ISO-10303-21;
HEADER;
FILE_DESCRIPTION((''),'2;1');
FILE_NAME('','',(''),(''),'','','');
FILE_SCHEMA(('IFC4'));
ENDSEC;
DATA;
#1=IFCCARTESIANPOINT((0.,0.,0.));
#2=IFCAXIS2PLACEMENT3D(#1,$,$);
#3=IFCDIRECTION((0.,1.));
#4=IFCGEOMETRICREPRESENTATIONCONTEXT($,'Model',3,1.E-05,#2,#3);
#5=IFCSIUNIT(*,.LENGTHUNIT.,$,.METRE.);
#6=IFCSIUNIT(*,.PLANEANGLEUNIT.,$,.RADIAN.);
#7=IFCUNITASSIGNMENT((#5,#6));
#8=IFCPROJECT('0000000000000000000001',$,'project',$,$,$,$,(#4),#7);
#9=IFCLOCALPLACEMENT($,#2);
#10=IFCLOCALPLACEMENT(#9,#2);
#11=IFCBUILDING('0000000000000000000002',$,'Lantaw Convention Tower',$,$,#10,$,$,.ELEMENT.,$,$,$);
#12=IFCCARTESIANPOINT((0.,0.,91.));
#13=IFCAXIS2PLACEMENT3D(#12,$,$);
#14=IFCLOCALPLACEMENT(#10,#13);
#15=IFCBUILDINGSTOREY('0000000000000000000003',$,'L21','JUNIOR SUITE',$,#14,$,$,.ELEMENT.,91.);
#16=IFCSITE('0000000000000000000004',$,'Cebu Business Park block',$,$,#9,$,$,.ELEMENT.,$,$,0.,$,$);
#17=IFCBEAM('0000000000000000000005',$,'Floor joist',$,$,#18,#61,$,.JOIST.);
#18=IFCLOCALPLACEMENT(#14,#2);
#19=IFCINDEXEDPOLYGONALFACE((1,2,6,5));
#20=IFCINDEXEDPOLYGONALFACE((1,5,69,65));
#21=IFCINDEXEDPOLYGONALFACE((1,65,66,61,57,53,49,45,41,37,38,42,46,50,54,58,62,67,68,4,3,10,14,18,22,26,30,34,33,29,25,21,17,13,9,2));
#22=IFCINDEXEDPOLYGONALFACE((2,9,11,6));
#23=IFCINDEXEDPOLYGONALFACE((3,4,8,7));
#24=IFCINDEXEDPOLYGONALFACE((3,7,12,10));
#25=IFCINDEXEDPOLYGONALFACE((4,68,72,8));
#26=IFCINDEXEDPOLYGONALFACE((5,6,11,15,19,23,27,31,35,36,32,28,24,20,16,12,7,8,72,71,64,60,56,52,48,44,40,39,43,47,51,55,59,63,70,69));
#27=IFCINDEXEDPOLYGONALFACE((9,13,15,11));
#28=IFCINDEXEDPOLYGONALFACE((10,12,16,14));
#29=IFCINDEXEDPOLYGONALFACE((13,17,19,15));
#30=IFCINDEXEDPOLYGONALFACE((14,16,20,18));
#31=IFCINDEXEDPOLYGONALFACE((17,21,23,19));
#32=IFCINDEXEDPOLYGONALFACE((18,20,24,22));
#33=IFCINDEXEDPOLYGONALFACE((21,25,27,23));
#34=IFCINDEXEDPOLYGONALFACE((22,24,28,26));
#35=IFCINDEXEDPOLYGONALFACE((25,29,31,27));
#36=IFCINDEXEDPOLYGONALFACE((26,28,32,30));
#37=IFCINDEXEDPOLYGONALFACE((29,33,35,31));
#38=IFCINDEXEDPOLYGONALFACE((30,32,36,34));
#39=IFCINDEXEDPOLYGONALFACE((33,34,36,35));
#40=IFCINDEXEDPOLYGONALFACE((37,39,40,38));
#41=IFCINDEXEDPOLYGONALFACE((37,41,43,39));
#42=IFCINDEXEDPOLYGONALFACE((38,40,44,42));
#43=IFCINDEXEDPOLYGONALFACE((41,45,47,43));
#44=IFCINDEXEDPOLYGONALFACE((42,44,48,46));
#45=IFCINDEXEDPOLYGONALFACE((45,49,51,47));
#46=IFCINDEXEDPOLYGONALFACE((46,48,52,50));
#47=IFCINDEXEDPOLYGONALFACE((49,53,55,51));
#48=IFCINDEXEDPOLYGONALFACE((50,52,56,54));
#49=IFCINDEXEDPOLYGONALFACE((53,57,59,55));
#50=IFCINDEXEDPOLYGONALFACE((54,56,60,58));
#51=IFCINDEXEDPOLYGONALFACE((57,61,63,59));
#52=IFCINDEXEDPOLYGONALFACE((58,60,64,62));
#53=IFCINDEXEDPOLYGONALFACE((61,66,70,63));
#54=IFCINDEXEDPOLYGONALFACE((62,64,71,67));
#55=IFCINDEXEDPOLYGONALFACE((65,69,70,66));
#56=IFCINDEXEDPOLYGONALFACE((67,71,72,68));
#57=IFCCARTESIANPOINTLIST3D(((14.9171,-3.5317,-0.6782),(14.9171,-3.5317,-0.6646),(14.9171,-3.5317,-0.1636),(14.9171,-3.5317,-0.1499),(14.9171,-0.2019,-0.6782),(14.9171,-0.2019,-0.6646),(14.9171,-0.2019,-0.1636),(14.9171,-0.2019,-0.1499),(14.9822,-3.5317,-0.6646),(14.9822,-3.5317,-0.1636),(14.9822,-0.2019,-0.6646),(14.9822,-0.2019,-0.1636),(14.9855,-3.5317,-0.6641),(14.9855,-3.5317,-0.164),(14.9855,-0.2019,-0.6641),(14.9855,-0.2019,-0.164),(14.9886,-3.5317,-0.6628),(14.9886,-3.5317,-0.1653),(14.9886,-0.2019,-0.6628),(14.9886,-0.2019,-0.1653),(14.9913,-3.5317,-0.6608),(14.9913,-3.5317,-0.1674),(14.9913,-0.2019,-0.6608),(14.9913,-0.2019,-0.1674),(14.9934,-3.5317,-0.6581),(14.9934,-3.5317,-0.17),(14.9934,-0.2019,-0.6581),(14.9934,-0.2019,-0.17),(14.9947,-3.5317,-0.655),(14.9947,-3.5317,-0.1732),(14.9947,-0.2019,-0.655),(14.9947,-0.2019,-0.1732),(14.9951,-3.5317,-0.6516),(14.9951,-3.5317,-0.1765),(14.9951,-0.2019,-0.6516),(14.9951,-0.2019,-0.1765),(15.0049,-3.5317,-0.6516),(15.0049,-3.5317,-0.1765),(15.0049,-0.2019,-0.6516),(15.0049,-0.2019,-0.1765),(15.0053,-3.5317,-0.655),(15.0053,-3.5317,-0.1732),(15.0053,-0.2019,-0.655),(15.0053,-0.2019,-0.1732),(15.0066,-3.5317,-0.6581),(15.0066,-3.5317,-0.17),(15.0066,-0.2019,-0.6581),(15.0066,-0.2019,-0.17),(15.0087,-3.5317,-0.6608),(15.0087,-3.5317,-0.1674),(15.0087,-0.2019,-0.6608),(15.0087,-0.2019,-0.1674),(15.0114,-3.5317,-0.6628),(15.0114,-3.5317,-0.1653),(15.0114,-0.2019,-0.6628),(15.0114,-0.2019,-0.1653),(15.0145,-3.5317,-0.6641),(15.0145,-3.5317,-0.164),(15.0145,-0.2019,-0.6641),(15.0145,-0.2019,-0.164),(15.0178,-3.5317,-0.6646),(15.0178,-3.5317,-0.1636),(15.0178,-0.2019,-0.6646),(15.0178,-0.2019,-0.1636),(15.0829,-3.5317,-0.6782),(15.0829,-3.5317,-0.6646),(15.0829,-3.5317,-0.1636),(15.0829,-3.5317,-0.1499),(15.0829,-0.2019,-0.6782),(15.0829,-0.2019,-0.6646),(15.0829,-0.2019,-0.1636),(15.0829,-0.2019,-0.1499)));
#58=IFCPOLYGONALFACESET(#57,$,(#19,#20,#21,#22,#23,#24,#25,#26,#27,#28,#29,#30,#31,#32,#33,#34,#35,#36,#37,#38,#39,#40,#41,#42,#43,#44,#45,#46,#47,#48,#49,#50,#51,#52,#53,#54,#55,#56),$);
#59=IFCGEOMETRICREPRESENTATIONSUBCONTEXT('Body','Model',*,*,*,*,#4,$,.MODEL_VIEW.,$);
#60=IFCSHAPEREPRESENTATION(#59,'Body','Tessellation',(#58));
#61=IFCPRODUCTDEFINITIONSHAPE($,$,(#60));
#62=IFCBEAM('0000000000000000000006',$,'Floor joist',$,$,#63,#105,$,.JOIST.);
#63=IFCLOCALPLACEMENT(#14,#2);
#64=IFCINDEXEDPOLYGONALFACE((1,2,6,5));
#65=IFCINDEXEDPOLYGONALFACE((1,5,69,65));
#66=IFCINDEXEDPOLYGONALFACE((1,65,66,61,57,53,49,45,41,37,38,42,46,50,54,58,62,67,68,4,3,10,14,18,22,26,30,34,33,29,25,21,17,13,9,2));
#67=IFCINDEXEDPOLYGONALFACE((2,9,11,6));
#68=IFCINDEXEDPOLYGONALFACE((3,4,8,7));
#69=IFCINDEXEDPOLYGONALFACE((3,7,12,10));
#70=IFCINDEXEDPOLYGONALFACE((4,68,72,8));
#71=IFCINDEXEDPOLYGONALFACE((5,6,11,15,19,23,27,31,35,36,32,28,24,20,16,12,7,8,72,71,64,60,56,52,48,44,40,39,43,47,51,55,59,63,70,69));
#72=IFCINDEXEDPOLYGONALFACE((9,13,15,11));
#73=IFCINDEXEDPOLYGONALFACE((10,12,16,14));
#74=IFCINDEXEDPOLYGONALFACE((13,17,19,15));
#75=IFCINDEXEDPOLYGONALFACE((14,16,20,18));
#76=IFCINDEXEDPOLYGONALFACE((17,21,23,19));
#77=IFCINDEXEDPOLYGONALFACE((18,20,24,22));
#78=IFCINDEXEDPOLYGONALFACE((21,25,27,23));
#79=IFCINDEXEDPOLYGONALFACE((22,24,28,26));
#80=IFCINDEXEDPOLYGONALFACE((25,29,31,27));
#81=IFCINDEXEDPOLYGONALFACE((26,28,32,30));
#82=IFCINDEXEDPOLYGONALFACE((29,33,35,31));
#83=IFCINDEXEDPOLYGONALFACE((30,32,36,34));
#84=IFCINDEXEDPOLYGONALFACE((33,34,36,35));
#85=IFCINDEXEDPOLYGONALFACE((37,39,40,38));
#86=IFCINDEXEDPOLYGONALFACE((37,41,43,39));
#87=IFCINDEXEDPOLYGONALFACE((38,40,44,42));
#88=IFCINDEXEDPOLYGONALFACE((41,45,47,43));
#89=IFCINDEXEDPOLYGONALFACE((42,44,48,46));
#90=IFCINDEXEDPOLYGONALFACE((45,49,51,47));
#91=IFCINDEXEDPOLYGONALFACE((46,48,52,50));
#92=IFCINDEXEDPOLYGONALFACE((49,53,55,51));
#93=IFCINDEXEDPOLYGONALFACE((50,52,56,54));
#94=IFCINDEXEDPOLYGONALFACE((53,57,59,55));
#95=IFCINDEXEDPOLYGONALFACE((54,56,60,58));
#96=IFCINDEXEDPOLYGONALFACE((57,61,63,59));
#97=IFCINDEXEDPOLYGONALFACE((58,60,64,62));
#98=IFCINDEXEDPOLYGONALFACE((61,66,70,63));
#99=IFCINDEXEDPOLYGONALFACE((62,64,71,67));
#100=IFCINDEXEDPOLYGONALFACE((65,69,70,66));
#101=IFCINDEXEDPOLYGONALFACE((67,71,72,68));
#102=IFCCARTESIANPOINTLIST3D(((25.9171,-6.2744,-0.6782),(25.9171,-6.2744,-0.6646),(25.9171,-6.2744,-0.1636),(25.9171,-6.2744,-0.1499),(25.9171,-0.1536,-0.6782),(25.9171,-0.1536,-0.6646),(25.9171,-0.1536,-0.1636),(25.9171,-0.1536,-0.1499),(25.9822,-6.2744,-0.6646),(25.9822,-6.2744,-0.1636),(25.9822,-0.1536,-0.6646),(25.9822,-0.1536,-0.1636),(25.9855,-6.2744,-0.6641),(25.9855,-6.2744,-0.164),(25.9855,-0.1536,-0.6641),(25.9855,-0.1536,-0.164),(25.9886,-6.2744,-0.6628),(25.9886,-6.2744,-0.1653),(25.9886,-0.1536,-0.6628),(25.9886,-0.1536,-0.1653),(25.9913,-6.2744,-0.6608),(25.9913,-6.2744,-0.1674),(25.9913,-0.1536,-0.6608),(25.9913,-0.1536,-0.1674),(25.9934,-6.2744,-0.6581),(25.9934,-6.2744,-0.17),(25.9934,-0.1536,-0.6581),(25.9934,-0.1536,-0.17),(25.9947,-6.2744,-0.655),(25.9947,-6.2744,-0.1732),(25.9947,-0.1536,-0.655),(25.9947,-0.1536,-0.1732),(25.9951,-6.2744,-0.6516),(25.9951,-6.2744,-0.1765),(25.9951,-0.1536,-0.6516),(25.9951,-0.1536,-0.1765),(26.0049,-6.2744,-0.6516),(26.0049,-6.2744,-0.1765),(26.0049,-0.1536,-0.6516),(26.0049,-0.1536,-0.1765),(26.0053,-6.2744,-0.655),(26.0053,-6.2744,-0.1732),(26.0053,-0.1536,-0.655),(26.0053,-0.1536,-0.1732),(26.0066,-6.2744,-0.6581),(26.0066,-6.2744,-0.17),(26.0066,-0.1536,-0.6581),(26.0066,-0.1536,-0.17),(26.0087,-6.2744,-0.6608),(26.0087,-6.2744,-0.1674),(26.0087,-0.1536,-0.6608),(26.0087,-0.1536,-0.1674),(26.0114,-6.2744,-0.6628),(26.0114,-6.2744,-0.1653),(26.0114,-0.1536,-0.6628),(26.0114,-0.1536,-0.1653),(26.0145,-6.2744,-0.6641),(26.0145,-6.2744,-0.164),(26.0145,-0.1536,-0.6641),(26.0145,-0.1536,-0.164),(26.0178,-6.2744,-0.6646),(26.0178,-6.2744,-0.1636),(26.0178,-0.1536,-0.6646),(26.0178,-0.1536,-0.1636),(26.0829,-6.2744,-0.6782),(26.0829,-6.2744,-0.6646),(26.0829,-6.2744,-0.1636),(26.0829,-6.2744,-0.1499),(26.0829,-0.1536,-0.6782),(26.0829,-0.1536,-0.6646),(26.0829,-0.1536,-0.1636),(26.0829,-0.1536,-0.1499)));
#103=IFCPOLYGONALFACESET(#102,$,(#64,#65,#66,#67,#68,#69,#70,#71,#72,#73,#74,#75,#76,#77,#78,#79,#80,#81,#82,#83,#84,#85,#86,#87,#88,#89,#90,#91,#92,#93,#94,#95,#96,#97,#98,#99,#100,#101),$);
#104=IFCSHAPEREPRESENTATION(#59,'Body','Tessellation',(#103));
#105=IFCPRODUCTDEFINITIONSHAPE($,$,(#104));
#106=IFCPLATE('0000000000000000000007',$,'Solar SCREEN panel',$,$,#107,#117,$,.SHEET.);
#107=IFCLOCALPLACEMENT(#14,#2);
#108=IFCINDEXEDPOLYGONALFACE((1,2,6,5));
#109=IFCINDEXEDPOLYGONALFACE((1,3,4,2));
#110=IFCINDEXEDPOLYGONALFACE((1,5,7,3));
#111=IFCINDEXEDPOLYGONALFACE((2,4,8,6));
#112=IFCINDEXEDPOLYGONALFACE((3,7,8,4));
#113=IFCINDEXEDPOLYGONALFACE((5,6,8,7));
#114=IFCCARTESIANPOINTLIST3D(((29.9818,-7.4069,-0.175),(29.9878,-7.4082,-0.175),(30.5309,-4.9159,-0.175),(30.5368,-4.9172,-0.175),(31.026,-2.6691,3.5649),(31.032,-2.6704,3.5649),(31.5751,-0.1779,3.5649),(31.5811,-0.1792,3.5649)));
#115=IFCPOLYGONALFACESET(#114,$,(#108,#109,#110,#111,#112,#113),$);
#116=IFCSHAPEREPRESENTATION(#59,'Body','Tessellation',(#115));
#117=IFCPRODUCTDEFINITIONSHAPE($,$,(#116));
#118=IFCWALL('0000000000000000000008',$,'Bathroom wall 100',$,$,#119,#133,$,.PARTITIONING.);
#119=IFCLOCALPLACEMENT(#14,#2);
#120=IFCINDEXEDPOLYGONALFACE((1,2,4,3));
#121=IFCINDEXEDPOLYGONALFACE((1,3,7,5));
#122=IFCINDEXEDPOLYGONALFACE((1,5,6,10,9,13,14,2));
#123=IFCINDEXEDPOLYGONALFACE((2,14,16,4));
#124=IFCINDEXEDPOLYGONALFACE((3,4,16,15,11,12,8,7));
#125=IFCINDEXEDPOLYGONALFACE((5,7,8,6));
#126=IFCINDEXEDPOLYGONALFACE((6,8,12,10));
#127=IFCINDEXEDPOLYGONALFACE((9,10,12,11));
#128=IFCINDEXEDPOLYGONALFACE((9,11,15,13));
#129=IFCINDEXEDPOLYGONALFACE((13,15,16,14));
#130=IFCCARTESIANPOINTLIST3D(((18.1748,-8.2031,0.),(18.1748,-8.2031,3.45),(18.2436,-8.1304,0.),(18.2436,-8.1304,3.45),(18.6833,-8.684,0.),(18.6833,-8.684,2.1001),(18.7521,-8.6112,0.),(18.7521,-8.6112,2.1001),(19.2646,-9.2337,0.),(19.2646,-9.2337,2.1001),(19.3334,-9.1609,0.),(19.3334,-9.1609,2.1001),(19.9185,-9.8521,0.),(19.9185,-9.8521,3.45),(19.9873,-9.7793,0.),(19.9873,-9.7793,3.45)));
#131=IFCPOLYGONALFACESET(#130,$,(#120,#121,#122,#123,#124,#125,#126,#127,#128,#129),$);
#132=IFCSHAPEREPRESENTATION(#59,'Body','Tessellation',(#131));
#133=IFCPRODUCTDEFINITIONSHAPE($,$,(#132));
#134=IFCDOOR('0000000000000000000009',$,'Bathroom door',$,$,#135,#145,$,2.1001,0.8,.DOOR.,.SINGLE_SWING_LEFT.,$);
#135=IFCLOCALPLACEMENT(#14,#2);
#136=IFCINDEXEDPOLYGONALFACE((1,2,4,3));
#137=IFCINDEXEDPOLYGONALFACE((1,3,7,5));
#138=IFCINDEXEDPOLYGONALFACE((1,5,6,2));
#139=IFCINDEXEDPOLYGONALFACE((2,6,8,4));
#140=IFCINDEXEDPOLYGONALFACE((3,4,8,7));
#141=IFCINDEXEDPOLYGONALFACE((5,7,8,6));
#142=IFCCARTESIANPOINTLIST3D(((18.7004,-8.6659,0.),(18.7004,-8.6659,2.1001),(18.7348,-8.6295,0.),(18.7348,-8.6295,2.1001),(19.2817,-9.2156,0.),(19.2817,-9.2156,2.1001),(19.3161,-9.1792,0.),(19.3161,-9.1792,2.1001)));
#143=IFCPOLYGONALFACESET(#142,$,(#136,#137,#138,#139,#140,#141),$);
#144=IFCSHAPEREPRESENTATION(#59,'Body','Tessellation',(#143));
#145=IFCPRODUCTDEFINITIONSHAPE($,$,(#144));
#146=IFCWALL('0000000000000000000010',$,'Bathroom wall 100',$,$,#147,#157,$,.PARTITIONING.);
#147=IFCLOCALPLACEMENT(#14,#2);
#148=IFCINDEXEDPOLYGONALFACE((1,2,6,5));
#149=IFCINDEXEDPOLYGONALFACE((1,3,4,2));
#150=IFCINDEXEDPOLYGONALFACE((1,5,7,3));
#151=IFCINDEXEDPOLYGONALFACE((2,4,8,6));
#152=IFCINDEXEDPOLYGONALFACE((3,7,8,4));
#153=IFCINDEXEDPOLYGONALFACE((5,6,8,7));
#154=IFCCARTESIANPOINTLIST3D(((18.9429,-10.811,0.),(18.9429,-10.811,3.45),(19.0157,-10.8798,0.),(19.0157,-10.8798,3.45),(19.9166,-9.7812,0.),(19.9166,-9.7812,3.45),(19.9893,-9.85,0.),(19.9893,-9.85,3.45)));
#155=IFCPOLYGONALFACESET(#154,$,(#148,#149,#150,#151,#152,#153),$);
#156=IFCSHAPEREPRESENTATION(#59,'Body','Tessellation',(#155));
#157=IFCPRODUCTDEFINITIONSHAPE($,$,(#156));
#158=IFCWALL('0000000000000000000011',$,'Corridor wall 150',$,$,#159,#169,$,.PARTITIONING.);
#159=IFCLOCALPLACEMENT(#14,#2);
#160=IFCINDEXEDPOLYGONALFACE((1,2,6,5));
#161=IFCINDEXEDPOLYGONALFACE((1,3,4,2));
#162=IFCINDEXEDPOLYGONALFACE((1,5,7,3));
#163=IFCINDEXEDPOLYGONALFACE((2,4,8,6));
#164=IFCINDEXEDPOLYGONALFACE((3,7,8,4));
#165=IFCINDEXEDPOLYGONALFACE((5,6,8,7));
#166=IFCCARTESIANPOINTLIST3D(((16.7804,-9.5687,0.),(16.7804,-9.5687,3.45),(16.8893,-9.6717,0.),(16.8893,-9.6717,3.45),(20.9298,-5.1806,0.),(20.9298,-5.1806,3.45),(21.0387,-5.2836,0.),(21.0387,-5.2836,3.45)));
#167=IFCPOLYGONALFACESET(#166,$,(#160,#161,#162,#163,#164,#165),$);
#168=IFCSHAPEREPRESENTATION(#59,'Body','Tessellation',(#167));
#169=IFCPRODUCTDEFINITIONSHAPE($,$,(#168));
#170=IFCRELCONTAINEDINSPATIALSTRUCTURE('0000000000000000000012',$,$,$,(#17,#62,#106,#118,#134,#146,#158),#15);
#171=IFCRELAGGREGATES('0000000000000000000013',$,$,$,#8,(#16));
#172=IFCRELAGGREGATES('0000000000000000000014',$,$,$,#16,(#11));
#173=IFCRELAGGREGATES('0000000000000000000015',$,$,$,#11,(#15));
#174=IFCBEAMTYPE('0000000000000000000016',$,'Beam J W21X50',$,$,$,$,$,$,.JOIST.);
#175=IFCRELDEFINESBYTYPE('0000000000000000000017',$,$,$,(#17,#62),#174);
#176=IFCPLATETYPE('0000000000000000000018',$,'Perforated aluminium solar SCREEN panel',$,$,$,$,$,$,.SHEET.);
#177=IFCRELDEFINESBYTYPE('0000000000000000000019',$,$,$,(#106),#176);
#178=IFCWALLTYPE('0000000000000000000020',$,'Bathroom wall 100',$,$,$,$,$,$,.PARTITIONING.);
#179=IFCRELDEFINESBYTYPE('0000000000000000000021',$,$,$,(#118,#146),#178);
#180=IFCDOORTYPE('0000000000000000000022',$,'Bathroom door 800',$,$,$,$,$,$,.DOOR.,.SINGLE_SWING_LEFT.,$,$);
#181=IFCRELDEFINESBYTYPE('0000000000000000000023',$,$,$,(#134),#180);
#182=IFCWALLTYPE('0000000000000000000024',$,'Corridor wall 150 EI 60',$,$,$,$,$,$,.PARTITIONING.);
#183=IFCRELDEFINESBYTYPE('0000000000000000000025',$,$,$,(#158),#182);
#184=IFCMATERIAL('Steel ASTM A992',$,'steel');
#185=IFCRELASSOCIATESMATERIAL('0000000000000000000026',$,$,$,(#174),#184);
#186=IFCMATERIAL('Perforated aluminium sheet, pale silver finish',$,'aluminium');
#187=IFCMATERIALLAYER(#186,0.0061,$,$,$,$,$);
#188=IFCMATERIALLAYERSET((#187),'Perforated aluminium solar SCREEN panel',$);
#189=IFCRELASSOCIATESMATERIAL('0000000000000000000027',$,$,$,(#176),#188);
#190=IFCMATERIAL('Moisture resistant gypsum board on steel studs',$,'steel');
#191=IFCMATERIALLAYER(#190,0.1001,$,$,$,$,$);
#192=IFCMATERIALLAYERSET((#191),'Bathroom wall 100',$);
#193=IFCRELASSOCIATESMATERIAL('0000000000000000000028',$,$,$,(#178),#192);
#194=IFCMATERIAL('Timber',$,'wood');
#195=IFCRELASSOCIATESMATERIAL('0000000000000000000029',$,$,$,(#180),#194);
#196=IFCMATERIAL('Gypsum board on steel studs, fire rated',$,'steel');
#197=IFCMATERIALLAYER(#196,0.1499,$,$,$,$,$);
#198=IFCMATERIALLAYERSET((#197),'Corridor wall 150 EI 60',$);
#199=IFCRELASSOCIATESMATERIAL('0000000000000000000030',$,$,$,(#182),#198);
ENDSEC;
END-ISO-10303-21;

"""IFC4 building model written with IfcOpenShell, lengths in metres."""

from ifc_helpers import new_model, si_unit, direction, frame, frame_2d, origin, origin_2d, place, context, subcontext, project, spatial, polyline, rectangle, i_section, outline, extrude, material, layer, layer_set, material_profile, profile_set, type_object, element, fill, save


model = new_model("IFC4")

# Units and contexts
model_context = context("Model", 3, precision=1e-05, world=origin(), true_north=direction((0.0, 1.0)))
body_context = subcontext(model_context, "Body", "Model", "MODEL_VIEW")
ifc_project = project(units=[si_unit("LENGTHUNIT", "METRE"), si_unit("PLANEANGLEUNIT", "RADIAN")], contexts=[model_context])

# Site, building, storey
site_placement = place(None, origin())
site = spatial("IfcSite", under=ifc_project, at=site_placement, Name="Cebu Business Park block", CompositionType="ELEMENT", RefElevation=0.0)
building_placement = place(site_placement, origin())
building = spatial("IfcBuilding", under=site, at=building_placement, Name="Lantaw Convention Tower", CompositionType="ELEMENT")
storey_placement = place(building_placement, frame((0.0, 0.0, 91.0)))
storey = spatial("IfcBuildingStorey", under=building, at=storey_placement, Name="L21", Description="JUNIOR SUITE", CompositionType="ELEMENT", Elevation=91.0)

# Beams
ifc_material_1 = material(Name="Steel ASTM A992", Category="steel")
ifc_material_profile_1 = material_profile(ifc_material_1, i_section(OverallWidth=0.1658, OverallDepth=0.5283, WebThickness=0.0098, FlangeThickness=0.0137, FilletRadius=0.0129, at=origin_2d()), Name="W21X50")
ifc_profile_set_1 = profile_set([ifc_material_profile_1], Name="Steel ASTM A992")
beam_type_1 = type_object("IfcBeamType", Name="Beam J W21X50", PredefinedType="JOIST", material=ifc_profile_set_1)
beam_1_placement = place(storey_placement, frame((15.0, -3.5317, -0.4141), z_axis=(0.0, 1.0, 0.0), x_axis=(-1.0, 0.0, 0.0)))
element("IfcBeam", 1, at=beam_1_placement, inside=storey, type_object=beam_type_1, Name="Floor joist", PredefinedType="JOIST", context=body_context, shape_type="SweptSolid", body=[
    extrude(i_section(OverallWidth=0.1658, OverallDepth=0.5283, WebThickness=0.0098, FlangeThickness=0.0137, FilletRadius=0.0129, at=origin_2d()), origin(), (0.0, 0.0, 1.0), 3.3298),
])
beam_2_placement = place(storey_placement, frame((26.0, -6.2744, -0.4141), z_axis=(0.0, 1.0, 0.0), x_axis=(-1.0, 0.0, 0.0)))
element("IfcBeam", 2, at=beam_2_placement, inside=storey, type_object=beam_type_1, Name="Floor joist", PredefinedType="JOIST", context=body_context, shape_type="SweptSolid", body=[
    extrude(i_section(OverallWidth=0.1658, OverallDepth=0.5283, WebThickness=0.0098, FlangeThickness=0.0137, FilletRadius=0.0129, at=origin_2d()), origin(), (0.0, 0.0, 1.0), 6.1208),
])

# Plate
ifc_material_2 = material(Name="Perforated aluminium sheet, pale silver finish", Category="aluminium")
ifc_layer_1 = layer(ifc_material_2, 0.0061)
ifc_layer_set_1 = layer_set([ifc_layer_1], Name="Perforated aluminium solar SCREEN panel")
plate_type = type_object("IfcPlateType", Name="Perforated aluminium solar SCREEN panel", PredefinedType="SHEET", material=ifc_layer_set_1)
plate_placement = place(storey_placement, frame((29.9878, -7.4082, -0.175), z_axis=(0.976559, -0.215248, 0.00003), x_axis=(0.215248, 0.976559, 0.0)))
element("IfcPlate", 3, at=plate_placement, inside=storey, type_object=plate_type, Name="Solar SCREEN panel", PredefinedType="SHEET", context=body_context, shape_type="SweptSolid", body=[
    extrude(outline(polyline([(0.0, 0.0), (2.5508, 0.0), (7.4025, 3.74), (4.8515, 3.74), (0.0, 0.0)])), origin(), (0.0, 0.0, -1.0), 0.0061),
])

# Wall, opening, door
ifc_material_3 = material(Name="Moisture resistant gypsum board on steel studs", Category="steel")
ifc_layer_2 = layer(ifc_material_3, 0.1001)
ifc_layer_set_2 = layer_set([ifc_layer_2], Name="Bathroom wall 100")
wall_type_1 = type_object("IfcWallType", Name="Bathroom wall 100", PredefinedType="PARTITIONING", material=ifc_layer_set_2)
wall_1_placement = place(storey_placement, frame((18.2092, -8.1667, 0.0), z_axis=(0.0, 0.0, 1.0), x_axis=(0.726567, -0.687095, 0.0)))
wall_1 = element("IfcWall", 4, at=wall_1_placement, inside=storey, type_object=wall_type_1, Name="Bathroom wall 100", PredefinedType="PARTITIONING", context=body_context, shape_type="SweptSolid", body=[
    extrude(rectangle(XDim=2.3999, YDim=0.1001, at=frame_2d((1.2, 0.0))), origin(), (0.0, 0.0, 1.0), 3.45),
])
opening_1_placement = place(wall_1_placement, frame((0.7, 0.0, 0.0)))
opening_1 = element("IfcOpeningElement", 5, at=opening_1_placement, cuts=wall_1, PredefinedType="OPENING", context=body_context, shape_type="SweptSolid", body=[
    extrude(rectangle(XDim=0.8, YDim=2.1001, at=frame_2d((0.3999, 1.05))), frame((0.0, 0.0601, 0.0), z_axis=(0.0, -1.0, 0.0), x_axis=(1.0, 0.0, 0.0)), (0.0, 0.0, 1.0), 0.1201),
])
ifc_material_4 = material(Name="Timber", Category="wood")
door_type_1 = type_object("IfcDoorType", Name="Bathroom door 800", OperationType="SINGLE_SWING_LEFT", PredefinedType="DOOR", material=ifc_material_4)
door_1_placement = place(opening_1_placement, origin())
door_1 = element("IfcDoor", 6, at=door_1_placement, inside=storey, type_object=door_type_1, Name="Bathroom door", OperationType="SINGLE_SWING_LEFT", OverallHeight=2.1001, OverallWidth=0.8, PredefinedType="DOOR", context=body_context, shape_type="SweptSolid", body=[
    extrude(rectangle(XDim=0.8, YDim=2.1001, at=frame_2d((0.3999, 1.05))), frame((0.0, 0.0249, 0.0), z_axis=(0.0, -1.0, 0.0), x_axis=(1.0, 0.0, 0.0)), (0.0, 0.0, 1.0), 0.05),
])
fill(opening_1, door_1)

# Walls
wall_2_placement = place(storey_placement, frame((19.9529, -9.8157, 0.0), z_axis=(0.0, 0.0, 1.0), x_axis=(-0.687018, -0.72664, 0.0)))
element("IfcWall", 7, at=wall_2_placement, inside=storey, type_object=wall_type_1, Name="Bathroom wall 100", PredefinedType="PARTITIONING", context=body_context, shape_type="SweptSolid", body=[
    extrude(rectangle(XDim=1.4172, YDim=0.1001, at=frame_2d((0.7085, 0.0))), origin(), (0.0, 0.0, 1.0), 3.45),
])
ifc_material_5 = material(Name="Gypsum board on steel studs, fire rated", Category="steel")
ifc_layer_3 = layer(ifc_material_5, 0.1499)
ifc_layer_set_3 = layer_set([ifc_layer_3], Name="Corridor wall 150 EI 60")
wall_type_2 = type_object("IfcWallType", Name="Corridor wall 150 EI 60", PredefinedType="PARTITIONING", material=ifc_layer_set_3)
wall_3_placement = place(storey_placement, frame((16.835, -9.6201, 0.0), z_axis=(0.0, 0.0, 1.0), x_axis=(0.687063, 0.726598, 0.0)))
element("IfcWall", 8, at=wall_3_placement, inside=storey, type_object=wall_type_2, Name="Corridor wall 150", PredefinedType="PARTITIONING", context=body_context, shape_type="SweptSolid", body=[
    extrude(rectangle(XDim=6.0393, YDim=0.1499, at=frame_2d((3.0195, 0.0))), origin(), (0.0, 0.0, 1.0), 3.45),
])

save(model, "model.ifc")
